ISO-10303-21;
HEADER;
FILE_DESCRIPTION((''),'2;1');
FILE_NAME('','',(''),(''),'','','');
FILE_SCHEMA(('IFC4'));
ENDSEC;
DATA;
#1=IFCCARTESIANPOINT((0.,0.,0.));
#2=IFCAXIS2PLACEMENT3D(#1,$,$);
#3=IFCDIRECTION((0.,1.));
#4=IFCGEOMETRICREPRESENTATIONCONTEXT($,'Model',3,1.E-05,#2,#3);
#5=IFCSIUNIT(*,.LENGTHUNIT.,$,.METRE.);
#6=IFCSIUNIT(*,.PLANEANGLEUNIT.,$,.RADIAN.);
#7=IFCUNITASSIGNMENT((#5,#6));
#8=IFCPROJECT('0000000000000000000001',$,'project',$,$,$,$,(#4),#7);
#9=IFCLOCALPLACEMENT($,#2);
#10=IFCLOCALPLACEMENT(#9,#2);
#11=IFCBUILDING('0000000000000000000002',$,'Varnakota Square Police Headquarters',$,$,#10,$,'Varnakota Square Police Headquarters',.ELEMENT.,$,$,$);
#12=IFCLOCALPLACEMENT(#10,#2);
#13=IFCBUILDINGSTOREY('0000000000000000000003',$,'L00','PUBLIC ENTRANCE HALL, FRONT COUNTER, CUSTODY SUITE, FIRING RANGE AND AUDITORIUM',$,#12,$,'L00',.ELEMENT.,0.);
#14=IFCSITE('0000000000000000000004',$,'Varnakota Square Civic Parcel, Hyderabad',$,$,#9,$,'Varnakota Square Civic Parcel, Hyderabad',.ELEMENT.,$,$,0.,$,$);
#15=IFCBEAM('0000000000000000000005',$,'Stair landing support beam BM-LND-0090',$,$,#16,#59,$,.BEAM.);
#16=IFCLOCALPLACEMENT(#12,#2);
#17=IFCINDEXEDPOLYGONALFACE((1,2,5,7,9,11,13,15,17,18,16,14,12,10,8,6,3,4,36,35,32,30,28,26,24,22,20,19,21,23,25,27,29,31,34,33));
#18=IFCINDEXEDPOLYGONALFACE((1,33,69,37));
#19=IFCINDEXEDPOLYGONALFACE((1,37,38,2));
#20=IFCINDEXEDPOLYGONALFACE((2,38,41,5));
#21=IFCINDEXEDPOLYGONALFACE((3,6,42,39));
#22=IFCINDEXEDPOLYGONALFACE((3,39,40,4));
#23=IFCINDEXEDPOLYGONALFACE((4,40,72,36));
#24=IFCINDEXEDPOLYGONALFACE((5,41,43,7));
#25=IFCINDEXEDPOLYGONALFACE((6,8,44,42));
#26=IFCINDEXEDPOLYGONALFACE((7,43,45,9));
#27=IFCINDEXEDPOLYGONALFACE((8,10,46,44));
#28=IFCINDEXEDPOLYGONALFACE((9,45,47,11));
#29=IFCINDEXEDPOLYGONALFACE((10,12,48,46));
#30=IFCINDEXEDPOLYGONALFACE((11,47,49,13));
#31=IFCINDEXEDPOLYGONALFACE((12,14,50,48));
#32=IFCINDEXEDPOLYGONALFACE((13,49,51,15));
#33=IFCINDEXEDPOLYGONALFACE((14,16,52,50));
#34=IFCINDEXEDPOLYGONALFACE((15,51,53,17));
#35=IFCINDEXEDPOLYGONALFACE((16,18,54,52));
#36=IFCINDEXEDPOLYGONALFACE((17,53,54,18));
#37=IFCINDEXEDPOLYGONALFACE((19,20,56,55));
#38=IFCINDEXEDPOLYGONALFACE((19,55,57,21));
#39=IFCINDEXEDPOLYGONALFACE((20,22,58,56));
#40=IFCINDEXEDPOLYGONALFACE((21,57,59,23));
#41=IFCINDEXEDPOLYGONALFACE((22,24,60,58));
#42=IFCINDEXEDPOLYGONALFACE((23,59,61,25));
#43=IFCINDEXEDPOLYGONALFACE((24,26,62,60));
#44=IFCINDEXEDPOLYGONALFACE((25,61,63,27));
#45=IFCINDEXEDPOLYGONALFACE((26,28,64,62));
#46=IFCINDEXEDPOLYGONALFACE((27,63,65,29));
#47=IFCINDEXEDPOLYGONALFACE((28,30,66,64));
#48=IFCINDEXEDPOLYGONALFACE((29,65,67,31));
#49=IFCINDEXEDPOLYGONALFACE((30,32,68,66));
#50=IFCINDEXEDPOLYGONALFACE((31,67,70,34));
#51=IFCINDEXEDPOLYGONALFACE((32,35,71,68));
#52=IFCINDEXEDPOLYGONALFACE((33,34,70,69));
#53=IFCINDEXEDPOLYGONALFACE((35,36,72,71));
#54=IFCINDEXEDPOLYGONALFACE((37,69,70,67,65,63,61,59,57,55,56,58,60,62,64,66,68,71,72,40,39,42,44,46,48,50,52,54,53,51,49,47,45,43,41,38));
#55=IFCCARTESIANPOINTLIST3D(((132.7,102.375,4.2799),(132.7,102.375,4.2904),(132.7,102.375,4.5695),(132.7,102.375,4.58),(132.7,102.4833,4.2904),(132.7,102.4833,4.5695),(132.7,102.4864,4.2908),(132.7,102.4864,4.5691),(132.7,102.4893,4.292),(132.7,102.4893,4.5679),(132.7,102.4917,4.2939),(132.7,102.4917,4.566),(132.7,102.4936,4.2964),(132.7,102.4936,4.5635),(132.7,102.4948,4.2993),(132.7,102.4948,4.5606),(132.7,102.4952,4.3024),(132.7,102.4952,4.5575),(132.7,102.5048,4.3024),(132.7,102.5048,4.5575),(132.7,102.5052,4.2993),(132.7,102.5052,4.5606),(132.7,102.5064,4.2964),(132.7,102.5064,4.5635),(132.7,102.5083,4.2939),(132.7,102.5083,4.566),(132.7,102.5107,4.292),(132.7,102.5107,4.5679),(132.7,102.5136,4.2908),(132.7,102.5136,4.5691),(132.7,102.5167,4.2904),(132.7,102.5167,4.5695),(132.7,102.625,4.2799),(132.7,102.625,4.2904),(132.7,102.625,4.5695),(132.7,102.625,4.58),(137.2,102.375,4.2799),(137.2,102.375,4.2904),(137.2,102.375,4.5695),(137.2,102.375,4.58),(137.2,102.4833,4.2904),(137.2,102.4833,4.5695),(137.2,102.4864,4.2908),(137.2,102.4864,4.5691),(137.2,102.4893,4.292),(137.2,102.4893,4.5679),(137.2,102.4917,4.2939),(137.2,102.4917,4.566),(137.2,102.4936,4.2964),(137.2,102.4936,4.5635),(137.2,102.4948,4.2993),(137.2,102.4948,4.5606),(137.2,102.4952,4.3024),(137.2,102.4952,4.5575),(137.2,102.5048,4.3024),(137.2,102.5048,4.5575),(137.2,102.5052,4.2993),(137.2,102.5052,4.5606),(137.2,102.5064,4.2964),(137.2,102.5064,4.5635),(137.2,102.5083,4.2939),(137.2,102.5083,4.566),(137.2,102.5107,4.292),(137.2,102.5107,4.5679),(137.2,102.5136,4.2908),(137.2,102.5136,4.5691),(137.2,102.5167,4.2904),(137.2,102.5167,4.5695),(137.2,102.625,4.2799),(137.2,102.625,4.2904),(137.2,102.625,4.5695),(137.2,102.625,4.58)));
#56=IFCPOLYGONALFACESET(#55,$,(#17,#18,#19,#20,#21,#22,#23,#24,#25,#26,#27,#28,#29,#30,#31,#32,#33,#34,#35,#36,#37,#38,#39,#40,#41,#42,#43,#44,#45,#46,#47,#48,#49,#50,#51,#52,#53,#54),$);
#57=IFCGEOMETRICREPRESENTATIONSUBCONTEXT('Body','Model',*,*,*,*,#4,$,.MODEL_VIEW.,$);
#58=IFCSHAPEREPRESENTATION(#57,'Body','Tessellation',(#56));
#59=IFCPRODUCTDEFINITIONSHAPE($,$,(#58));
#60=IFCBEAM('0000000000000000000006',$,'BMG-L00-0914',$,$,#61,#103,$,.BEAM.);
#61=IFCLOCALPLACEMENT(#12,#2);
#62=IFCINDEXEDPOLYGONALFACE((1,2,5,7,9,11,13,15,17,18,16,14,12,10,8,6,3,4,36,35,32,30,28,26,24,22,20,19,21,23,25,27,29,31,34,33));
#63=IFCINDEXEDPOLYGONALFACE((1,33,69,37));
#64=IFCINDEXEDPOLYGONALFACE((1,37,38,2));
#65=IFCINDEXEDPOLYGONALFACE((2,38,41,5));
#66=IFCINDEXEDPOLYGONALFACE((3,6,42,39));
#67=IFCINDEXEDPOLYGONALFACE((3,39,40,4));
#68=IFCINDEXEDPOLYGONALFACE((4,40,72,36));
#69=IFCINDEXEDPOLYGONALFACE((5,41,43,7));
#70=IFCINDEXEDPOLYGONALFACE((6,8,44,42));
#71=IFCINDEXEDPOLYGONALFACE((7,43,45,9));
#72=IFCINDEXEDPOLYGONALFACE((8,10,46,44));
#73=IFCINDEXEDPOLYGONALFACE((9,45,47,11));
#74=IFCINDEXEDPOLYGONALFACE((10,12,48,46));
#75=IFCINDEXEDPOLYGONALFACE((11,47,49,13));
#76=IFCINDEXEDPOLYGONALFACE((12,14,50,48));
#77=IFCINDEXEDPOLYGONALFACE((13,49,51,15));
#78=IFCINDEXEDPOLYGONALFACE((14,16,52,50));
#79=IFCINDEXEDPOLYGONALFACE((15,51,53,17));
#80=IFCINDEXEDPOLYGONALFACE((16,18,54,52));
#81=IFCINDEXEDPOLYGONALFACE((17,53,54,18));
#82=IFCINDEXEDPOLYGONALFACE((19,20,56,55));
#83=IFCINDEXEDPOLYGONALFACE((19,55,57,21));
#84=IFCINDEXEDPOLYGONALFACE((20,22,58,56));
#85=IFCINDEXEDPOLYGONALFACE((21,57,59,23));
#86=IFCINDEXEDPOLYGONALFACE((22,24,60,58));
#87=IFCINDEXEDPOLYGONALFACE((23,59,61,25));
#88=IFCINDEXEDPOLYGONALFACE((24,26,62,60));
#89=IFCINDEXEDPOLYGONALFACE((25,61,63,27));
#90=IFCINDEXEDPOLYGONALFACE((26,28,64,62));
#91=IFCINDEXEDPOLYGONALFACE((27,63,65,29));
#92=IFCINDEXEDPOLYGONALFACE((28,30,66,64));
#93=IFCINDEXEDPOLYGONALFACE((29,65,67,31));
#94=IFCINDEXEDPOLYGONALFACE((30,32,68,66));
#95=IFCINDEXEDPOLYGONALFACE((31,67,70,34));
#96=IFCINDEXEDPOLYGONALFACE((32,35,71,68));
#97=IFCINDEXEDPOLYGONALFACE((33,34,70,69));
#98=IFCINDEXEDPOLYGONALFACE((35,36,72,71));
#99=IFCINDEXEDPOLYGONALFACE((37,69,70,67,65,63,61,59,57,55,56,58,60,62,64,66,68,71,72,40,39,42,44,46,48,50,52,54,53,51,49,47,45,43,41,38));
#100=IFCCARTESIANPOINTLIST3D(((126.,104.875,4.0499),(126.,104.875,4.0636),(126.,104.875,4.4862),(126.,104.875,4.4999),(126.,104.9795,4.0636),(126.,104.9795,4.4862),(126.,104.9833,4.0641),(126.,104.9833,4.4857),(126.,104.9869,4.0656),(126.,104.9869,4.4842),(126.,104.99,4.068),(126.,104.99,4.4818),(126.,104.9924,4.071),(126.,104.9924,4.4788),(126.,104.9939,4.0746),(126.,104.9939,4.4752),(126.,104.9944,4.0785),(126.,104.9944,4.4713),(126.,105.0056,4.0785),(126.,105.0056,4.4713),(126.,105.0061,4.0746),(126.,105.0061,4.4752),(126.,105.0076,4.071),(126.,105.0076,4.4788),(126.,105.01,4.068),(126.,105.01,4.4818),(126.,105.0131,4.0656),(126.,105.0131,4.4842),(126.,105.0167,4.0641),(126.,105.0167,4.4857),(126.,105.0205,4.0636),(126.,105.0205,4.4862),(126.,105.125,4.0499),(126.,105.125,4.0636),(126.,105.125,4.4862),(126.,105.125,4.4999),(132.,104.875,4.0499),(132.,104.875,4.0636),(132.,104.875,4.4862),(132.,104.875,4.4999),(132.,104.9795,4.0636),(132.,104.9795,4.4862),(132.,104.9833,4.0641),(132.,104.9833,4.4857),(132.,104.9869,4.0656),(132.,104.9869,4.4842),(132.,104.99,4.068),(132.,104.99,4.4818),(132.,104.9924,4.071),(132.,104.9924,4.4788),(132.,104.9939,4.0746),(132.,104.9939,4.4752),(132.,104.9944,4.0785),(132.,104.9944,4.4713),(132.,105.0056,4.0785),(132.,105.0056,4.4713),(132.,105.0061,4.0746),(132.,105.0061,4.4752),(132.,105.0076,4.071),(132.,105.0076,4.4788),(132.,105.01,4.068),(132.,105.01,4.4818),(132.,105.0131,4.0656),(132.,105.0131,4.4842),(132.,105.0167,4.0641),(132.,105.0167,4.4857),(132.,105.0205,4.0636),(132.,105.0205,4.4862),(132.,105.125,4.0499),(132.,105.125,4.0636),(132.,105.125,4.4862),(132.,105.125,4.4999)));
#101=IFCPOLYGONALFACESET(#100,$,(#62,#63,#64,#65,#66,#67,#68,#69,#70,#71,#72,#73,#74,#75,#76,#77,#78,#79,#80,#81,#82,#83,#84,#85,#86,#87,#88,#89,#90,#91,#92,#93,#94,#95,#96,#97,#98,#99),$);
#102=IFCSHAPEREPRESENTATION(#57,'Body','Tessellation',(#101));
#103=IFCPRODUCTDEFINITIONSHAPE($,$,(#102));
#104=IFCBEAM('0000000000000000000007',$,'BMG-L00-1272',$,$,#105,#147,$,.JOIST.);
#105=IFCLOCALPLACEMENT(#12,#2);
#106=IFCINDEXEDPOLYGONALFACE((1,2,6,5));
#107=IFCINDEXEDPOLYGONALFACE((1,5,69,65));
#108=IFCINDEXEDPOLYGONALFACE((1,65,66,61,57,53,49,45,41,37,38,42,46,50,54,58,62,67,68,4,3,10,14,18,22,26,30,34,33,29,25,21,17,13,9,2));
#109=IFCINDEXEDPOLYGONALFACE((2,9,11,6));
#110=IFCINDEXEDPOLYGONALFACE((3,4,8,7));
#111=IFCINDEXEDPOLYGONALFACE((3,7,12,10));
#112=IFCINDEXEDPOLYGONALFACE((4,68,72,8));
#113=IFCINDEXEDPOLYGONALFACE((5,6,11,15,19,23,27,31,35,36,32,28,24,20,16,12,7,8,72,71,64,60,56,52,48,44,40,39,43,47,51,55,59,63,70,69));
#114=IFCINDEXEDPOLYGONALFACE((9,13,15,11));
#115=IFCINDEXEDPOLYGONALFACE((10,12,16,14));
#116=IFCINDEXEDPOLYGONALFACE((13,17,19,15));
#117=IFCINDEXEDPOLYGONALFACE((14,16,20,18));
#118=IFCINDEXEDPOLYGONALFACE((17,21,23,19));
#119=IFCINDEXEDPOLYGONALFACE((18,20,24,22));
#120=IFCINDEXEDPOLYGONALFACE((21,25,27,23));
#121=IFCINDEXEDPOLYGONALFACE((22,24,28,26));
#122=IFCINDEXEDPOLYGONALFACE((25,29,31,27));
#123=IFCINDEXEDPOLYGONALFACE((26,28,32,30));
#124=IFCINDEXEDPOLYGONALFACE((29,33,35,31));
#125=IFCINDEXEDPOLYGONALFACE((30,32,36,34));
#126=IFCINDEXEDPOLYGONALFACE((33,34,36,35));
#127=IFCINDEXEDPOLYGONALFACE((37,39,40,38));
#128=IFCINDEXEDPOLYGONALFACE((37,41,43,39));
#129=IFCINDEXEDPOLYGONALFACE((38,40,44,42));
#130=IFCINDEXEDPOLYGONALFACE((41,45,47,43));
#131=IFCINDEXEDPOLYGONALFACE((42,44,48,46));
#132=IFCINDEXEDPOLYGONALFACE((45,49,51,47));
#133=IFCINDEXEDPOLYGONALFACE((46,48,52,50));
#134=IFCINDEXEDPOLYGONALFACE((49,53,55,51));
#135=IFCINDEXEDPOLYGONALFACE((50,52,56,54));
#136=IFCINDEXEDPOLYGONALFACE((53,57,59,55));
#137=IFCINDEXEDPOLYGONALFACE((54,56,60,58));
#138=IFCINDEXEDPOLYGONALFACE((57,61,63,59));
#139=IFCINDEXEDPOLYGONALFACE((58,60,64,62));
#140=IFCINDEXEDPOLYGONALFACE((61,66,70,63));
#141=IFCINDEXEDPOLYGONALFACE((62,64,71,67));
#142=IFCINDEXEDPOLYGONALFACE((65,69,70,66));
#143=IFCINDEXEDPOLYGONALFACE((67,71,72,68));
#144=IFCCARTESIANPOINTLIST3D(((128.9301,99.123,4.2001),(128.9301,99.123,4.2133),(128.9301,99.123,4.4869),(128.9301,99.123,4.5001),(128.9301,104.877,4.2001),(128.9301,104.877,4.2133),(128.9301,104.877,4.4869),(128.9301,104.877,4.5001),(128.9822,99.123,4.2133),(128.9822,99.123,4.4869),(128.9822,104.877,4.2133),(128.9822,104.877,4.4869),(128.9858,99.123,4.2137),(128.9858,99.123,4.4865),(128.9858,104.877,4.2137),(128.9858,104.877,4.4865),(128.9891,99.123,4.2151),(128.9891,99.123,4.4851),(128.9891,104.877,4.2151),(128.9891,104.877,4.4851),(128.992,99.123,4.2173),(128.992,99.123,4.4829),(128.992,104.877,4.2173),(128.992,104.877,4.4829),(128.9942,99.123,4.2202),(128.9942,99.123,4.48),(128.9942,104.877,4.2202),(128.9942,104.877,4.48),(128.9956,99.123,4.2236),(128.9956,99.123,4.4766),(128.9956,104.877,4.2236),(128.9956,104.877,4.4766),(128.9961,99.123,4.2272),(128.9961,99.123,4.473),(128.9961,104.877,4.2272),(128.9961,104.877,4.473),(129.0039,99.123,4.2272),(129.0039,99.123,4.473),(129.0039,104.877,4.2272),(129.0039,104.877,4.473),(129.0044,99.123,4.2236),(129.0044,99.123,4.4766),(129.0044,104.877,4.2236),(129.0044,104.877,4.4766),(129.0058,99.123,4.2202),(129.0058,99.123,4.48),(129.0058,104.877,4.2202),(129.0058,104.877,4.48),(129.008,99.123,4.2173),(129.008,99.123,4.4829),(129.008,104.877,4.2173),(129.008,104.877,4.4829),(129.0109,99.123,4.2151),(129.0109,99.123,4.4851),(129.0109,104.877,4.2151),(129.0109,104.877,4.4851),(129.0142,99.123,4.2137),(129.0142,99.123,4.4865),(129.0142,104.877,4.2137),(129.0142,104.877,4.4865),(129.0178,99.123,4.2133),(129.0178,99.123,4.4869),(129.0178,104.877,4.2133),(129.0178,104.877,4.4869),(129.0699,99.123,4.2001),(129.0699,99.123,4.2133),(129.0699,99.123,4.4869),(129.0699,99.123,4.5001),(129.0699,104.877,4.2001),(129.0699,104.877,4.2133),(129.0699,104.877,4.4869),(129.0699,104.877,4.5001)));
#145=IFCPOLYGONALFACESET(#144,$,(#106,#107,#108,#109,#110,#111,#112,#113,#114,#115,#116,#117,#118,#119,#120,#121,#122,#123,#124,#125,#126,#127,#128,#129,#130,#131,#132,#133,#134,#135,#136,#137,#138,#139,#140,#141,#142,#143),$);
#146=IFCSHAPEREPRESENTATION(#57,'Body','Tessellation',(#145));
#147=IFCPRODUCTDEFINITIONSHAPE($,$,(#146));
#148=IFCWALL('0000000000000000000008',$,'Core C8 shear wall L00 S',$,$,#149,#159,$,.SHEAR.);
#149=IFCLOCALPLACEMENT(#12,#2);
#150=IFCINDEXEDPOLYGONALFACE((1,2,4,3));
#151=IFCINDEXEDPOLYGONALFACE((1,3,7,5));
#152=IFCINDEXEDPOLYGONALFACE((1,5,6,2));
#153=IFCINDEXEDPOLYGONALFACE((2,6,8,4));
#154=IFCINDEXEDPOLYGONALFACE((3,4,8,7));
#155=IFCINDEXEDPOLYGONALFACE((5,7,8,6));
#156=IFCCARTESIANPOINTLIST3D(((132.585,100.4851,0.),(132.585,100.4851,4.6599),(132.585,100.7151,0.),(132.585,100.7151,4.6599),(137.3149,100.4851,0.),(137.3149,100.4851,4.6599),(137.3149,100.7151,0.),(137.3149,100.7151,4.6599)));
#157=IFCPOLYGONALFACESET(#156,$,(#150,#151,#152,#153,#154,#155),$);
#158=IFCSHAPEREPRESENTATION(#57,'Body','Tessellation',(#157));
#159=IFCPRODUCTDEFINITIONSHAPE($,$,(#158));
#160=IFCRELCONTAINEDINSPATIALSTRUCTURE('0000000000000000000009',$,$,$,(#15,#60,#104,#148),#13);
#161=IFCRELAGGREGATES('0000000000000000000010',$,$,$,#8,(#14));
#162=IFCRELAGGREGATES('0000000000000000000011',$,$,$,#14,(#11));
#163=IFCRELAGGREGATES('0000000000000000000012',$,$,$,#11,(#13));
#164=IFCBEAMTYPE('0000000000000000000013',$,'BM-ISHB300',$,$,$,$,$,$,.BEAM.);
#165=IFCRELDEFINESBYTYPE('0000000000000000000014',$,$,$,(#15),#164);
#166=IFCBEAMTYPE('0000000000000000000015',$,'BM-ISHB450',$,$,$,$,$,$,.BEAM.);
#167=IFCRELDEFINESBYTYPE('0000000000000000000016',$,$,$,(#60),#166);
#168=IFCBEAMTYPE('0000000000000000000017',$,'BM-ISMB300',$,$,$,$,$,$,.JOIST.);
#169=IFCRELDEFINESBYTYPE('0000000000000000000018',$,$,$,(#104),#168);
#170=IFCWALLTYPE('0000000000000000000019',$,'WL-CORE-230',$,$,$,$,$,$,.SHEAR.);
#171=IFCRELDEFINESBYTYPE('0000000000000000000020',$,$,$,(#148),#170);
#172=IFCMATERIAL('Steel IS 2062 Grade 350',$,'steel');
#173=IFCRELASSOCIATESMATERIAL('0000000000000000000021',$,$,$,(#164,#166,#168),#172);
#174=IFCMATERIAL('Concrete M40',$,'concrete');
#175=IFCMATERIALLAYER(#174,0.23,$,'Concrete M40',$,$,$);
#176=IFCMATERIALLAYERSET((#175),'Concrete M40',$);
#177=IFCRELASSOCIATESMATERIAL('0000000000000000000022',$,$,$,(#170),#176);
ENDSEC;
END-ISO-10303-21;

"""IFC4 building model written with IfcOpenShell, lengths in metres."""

from ifc_helpers import new_model, si_unit, direction, frame, frame_2d, origin, origin_2d, place, context, subcontext, project, spatial, rectangle, i_section, extrude, material, layer, layer_set, material_profile, profile_set, type_object, element, save


model = new_model("IFC4")

# Units and contexts
model_context = context("Model", 3, precision=1e-05, world=origin(), true_north=direction((0.0, 1.0)))
body_context = subcontext(model_context, "Body", "Model", "MODEL_VIEW")
ifc_project = project(units=[si_unit("LENGTHUNIT", "METRE"), si_unit("PLANEANGLEUNIT", "RADIAN")], contexts=[model_context])

# Site, building, storey
site_placement = place(None, origin())
site = spatial("IfcSite", under=ifc_project, at=site_placement, Name="Varnakota Square Civic Parcel, Hyderabad", LongName="Varnakota Square Civic Parcel, Hyderabad", CompositionType="ELEMENT", RefElevation=0.0)
building_placement = place(site_placement, origin())
building = spatial("IfcBuilding", under=site, at=building_placement, Name="Varnakota Square Police Headquarters", LongName="Varnakota Square Police Headquarters", CompositionType="ELEMENT")
storey_placement = place(building_placement, origin())
storey = spatial("IfcBuildingStorey", under=building, at=storey_placement, Name="L00", Description="PUBLIC ENTRANCE HALL, FRONT COUNTER, CUSTODY SUITE, FIRING RANGE AND AUDITORIUM", LongName="L00", CompositionType="ELEMENT", Elevation=0.0)

# Beams
ifc_material_1 = material(Name="Steel IS 2062 Grade 350", Category="steel")
ifc_material_profile_1 = material_profile(ifc_material_1, i_section(OverallWidth=0.25, OverallDepth=0.3, WebThickness=0.0095, FlangeThickness=0.0105, FilletRadius=0.012, at=origin_2d()), Name="ISHB 300")
ifc_profile_set_1 = profile_set([ifc_material_profile_1], Name="Steel IS 2062 Grade 350")
beam_type_1 = type_object("IfcBeamType", Name="BM-ISHB300", PredefinedType="BEAM", material=ifc_profile_set_1)
for number, where, z_axis, x_axis, name in (
    (1, (132.7, 102.5, 4.4299), (1.0, 0.0, 0.0), (0.0, 1.0, 0.0), "Stair landing support beam BM-LND-0090"),
):
    element("IfcBeam", number, at=place(storey_placement, frame(where, z_axis=z_axis, x_axis=x_axis)), inside=storey, type_object=beam_type_1, Name=name, PredefinedType="BEAM", context=body_context, shape_type="SweptSolid", body=[
        extrude(i_section(OverallWidth=0.25, OverallDepth=0.3, WebThickness=0.0095, FlangeThickness=0.0105, FilletRadius=0.012, at=origin_2d()), origin(), (0.0, 0.0, 1.0), 4.5),
    ])
ifc_material_profile_2 = material_profile(ifc_material_1, i_section(OverallWidth=0.25, OverallDepth=0.45, WebThickness=0.0112, FlangeThickness=0.0137, FilletRadius=0.0149, at=origin_2d()), Name="ISHB 450")
ifc_profile_set_2 = profile_set([ifc_material_profile_2], Name="Steel IS 2062 Grade 350")
beam_type_2 = type_object("IfcBeamType", Name="BM-ISHB450", PredefinedType="BEAM", material=ifc_profile_set_2)
beam_1_placement = place(storey_placement, frame((126.0, 105.0, 4.2749), z_axis=(1.0, 0.0, 0.0), x_axis=(0.0, 1.0, 0.0)))
element("IfcBeam", 2, at=beam_1_placement, inside=storey, type_object=beam_type_2, Name="BMG-L00-0914", PredefinedType="BEAM", context=body_context, shape_type="SweptSolid", body=[
    extrude(i_section(OverallWidth=0.25, OverallDepth=0.45, WebThickness=0.0112, FlangeThickness=0.0137, FilletRadius=0.0149, at=origin_2d()), origin(), (0.0, 0.0, 1.0), 6.0),
])
ifc_material_profile_3 = material_profile(ifc_material_1, i_section(OverallWidth=0.1399, OverallDepth=0.3, WebThickness=0.0078, FlangeThickness=0.0132, FilletRadius=0.0139, at=origin_2d()), Name="ISMB 300")
ifc_profile_set_3 = profile_set([ifc_material_profile_3], Name="Steel IS 2062 Grade 350")
beam_type_3 = type_object("IfcBeamType", Name="BM-ISMB300", PredefinedType="JOIST", material=ifc_profile_set_3)
beam_2_placement = place(storey_placement, frame((129.0, 99.123, 4.3501), z_axis=(0.0, 1.0, 0.0), x_axis=(-1.0, 0.0, 0.0)))
element("IfcBeam", 3, at=beam_2_placement, inside=storey, type_object=beam_type_3, Name="BMG-L00-1272", PredefinedType="JOIST", context=body_context, shape_type="SweptSolid", body=[
    extrude(i_section(OverallWidth=0.1399, OverallDepth=0.3, WebThickness=0.0078, FlangeThickness=0.0132, FilletRadius=0.0139, at=origin_2d()), origin(), (0.0, 0.0, 1.0), 5.7539),
])

# Wall
ifc_material_2 = material(Name="Concrete M40", Category="concrete")
ifc_layer_1 = layer(ifc_material_2, 0.23, Name="Concrete M40")
ifc_layer_set_1 = layer_set([ifc_layer_1], Name="Concrete M40")
wall_type_1 = type_object("IfcWallType", Name="WL-CORE-230", PredefinedType="SHEAR", material=ifc_layer_set_1)
wall_1_placement = place(storey_placement, frame((132.585, 100.6001, 0.0), z_axis=(0.0, 0.0, 1.0), x_axis=(1.0, 0.0, 0.0)))
element("IfcWall", 4, at=wall_1_placement, inside=storey, type_object=wall_type_1, Name="Core C8 shear wall L00 S", PredefinedType="SHEAR", context=body_context, shape_type="SweptSolid", body=[
    extrude(rectangle(XDim=4.73, YDim=0.23, at=frame_2d((2.365, 0.0))), origin(), (0.0, 0.0, 1.0), 4.6599),
])

save(model, "model.ifc")
